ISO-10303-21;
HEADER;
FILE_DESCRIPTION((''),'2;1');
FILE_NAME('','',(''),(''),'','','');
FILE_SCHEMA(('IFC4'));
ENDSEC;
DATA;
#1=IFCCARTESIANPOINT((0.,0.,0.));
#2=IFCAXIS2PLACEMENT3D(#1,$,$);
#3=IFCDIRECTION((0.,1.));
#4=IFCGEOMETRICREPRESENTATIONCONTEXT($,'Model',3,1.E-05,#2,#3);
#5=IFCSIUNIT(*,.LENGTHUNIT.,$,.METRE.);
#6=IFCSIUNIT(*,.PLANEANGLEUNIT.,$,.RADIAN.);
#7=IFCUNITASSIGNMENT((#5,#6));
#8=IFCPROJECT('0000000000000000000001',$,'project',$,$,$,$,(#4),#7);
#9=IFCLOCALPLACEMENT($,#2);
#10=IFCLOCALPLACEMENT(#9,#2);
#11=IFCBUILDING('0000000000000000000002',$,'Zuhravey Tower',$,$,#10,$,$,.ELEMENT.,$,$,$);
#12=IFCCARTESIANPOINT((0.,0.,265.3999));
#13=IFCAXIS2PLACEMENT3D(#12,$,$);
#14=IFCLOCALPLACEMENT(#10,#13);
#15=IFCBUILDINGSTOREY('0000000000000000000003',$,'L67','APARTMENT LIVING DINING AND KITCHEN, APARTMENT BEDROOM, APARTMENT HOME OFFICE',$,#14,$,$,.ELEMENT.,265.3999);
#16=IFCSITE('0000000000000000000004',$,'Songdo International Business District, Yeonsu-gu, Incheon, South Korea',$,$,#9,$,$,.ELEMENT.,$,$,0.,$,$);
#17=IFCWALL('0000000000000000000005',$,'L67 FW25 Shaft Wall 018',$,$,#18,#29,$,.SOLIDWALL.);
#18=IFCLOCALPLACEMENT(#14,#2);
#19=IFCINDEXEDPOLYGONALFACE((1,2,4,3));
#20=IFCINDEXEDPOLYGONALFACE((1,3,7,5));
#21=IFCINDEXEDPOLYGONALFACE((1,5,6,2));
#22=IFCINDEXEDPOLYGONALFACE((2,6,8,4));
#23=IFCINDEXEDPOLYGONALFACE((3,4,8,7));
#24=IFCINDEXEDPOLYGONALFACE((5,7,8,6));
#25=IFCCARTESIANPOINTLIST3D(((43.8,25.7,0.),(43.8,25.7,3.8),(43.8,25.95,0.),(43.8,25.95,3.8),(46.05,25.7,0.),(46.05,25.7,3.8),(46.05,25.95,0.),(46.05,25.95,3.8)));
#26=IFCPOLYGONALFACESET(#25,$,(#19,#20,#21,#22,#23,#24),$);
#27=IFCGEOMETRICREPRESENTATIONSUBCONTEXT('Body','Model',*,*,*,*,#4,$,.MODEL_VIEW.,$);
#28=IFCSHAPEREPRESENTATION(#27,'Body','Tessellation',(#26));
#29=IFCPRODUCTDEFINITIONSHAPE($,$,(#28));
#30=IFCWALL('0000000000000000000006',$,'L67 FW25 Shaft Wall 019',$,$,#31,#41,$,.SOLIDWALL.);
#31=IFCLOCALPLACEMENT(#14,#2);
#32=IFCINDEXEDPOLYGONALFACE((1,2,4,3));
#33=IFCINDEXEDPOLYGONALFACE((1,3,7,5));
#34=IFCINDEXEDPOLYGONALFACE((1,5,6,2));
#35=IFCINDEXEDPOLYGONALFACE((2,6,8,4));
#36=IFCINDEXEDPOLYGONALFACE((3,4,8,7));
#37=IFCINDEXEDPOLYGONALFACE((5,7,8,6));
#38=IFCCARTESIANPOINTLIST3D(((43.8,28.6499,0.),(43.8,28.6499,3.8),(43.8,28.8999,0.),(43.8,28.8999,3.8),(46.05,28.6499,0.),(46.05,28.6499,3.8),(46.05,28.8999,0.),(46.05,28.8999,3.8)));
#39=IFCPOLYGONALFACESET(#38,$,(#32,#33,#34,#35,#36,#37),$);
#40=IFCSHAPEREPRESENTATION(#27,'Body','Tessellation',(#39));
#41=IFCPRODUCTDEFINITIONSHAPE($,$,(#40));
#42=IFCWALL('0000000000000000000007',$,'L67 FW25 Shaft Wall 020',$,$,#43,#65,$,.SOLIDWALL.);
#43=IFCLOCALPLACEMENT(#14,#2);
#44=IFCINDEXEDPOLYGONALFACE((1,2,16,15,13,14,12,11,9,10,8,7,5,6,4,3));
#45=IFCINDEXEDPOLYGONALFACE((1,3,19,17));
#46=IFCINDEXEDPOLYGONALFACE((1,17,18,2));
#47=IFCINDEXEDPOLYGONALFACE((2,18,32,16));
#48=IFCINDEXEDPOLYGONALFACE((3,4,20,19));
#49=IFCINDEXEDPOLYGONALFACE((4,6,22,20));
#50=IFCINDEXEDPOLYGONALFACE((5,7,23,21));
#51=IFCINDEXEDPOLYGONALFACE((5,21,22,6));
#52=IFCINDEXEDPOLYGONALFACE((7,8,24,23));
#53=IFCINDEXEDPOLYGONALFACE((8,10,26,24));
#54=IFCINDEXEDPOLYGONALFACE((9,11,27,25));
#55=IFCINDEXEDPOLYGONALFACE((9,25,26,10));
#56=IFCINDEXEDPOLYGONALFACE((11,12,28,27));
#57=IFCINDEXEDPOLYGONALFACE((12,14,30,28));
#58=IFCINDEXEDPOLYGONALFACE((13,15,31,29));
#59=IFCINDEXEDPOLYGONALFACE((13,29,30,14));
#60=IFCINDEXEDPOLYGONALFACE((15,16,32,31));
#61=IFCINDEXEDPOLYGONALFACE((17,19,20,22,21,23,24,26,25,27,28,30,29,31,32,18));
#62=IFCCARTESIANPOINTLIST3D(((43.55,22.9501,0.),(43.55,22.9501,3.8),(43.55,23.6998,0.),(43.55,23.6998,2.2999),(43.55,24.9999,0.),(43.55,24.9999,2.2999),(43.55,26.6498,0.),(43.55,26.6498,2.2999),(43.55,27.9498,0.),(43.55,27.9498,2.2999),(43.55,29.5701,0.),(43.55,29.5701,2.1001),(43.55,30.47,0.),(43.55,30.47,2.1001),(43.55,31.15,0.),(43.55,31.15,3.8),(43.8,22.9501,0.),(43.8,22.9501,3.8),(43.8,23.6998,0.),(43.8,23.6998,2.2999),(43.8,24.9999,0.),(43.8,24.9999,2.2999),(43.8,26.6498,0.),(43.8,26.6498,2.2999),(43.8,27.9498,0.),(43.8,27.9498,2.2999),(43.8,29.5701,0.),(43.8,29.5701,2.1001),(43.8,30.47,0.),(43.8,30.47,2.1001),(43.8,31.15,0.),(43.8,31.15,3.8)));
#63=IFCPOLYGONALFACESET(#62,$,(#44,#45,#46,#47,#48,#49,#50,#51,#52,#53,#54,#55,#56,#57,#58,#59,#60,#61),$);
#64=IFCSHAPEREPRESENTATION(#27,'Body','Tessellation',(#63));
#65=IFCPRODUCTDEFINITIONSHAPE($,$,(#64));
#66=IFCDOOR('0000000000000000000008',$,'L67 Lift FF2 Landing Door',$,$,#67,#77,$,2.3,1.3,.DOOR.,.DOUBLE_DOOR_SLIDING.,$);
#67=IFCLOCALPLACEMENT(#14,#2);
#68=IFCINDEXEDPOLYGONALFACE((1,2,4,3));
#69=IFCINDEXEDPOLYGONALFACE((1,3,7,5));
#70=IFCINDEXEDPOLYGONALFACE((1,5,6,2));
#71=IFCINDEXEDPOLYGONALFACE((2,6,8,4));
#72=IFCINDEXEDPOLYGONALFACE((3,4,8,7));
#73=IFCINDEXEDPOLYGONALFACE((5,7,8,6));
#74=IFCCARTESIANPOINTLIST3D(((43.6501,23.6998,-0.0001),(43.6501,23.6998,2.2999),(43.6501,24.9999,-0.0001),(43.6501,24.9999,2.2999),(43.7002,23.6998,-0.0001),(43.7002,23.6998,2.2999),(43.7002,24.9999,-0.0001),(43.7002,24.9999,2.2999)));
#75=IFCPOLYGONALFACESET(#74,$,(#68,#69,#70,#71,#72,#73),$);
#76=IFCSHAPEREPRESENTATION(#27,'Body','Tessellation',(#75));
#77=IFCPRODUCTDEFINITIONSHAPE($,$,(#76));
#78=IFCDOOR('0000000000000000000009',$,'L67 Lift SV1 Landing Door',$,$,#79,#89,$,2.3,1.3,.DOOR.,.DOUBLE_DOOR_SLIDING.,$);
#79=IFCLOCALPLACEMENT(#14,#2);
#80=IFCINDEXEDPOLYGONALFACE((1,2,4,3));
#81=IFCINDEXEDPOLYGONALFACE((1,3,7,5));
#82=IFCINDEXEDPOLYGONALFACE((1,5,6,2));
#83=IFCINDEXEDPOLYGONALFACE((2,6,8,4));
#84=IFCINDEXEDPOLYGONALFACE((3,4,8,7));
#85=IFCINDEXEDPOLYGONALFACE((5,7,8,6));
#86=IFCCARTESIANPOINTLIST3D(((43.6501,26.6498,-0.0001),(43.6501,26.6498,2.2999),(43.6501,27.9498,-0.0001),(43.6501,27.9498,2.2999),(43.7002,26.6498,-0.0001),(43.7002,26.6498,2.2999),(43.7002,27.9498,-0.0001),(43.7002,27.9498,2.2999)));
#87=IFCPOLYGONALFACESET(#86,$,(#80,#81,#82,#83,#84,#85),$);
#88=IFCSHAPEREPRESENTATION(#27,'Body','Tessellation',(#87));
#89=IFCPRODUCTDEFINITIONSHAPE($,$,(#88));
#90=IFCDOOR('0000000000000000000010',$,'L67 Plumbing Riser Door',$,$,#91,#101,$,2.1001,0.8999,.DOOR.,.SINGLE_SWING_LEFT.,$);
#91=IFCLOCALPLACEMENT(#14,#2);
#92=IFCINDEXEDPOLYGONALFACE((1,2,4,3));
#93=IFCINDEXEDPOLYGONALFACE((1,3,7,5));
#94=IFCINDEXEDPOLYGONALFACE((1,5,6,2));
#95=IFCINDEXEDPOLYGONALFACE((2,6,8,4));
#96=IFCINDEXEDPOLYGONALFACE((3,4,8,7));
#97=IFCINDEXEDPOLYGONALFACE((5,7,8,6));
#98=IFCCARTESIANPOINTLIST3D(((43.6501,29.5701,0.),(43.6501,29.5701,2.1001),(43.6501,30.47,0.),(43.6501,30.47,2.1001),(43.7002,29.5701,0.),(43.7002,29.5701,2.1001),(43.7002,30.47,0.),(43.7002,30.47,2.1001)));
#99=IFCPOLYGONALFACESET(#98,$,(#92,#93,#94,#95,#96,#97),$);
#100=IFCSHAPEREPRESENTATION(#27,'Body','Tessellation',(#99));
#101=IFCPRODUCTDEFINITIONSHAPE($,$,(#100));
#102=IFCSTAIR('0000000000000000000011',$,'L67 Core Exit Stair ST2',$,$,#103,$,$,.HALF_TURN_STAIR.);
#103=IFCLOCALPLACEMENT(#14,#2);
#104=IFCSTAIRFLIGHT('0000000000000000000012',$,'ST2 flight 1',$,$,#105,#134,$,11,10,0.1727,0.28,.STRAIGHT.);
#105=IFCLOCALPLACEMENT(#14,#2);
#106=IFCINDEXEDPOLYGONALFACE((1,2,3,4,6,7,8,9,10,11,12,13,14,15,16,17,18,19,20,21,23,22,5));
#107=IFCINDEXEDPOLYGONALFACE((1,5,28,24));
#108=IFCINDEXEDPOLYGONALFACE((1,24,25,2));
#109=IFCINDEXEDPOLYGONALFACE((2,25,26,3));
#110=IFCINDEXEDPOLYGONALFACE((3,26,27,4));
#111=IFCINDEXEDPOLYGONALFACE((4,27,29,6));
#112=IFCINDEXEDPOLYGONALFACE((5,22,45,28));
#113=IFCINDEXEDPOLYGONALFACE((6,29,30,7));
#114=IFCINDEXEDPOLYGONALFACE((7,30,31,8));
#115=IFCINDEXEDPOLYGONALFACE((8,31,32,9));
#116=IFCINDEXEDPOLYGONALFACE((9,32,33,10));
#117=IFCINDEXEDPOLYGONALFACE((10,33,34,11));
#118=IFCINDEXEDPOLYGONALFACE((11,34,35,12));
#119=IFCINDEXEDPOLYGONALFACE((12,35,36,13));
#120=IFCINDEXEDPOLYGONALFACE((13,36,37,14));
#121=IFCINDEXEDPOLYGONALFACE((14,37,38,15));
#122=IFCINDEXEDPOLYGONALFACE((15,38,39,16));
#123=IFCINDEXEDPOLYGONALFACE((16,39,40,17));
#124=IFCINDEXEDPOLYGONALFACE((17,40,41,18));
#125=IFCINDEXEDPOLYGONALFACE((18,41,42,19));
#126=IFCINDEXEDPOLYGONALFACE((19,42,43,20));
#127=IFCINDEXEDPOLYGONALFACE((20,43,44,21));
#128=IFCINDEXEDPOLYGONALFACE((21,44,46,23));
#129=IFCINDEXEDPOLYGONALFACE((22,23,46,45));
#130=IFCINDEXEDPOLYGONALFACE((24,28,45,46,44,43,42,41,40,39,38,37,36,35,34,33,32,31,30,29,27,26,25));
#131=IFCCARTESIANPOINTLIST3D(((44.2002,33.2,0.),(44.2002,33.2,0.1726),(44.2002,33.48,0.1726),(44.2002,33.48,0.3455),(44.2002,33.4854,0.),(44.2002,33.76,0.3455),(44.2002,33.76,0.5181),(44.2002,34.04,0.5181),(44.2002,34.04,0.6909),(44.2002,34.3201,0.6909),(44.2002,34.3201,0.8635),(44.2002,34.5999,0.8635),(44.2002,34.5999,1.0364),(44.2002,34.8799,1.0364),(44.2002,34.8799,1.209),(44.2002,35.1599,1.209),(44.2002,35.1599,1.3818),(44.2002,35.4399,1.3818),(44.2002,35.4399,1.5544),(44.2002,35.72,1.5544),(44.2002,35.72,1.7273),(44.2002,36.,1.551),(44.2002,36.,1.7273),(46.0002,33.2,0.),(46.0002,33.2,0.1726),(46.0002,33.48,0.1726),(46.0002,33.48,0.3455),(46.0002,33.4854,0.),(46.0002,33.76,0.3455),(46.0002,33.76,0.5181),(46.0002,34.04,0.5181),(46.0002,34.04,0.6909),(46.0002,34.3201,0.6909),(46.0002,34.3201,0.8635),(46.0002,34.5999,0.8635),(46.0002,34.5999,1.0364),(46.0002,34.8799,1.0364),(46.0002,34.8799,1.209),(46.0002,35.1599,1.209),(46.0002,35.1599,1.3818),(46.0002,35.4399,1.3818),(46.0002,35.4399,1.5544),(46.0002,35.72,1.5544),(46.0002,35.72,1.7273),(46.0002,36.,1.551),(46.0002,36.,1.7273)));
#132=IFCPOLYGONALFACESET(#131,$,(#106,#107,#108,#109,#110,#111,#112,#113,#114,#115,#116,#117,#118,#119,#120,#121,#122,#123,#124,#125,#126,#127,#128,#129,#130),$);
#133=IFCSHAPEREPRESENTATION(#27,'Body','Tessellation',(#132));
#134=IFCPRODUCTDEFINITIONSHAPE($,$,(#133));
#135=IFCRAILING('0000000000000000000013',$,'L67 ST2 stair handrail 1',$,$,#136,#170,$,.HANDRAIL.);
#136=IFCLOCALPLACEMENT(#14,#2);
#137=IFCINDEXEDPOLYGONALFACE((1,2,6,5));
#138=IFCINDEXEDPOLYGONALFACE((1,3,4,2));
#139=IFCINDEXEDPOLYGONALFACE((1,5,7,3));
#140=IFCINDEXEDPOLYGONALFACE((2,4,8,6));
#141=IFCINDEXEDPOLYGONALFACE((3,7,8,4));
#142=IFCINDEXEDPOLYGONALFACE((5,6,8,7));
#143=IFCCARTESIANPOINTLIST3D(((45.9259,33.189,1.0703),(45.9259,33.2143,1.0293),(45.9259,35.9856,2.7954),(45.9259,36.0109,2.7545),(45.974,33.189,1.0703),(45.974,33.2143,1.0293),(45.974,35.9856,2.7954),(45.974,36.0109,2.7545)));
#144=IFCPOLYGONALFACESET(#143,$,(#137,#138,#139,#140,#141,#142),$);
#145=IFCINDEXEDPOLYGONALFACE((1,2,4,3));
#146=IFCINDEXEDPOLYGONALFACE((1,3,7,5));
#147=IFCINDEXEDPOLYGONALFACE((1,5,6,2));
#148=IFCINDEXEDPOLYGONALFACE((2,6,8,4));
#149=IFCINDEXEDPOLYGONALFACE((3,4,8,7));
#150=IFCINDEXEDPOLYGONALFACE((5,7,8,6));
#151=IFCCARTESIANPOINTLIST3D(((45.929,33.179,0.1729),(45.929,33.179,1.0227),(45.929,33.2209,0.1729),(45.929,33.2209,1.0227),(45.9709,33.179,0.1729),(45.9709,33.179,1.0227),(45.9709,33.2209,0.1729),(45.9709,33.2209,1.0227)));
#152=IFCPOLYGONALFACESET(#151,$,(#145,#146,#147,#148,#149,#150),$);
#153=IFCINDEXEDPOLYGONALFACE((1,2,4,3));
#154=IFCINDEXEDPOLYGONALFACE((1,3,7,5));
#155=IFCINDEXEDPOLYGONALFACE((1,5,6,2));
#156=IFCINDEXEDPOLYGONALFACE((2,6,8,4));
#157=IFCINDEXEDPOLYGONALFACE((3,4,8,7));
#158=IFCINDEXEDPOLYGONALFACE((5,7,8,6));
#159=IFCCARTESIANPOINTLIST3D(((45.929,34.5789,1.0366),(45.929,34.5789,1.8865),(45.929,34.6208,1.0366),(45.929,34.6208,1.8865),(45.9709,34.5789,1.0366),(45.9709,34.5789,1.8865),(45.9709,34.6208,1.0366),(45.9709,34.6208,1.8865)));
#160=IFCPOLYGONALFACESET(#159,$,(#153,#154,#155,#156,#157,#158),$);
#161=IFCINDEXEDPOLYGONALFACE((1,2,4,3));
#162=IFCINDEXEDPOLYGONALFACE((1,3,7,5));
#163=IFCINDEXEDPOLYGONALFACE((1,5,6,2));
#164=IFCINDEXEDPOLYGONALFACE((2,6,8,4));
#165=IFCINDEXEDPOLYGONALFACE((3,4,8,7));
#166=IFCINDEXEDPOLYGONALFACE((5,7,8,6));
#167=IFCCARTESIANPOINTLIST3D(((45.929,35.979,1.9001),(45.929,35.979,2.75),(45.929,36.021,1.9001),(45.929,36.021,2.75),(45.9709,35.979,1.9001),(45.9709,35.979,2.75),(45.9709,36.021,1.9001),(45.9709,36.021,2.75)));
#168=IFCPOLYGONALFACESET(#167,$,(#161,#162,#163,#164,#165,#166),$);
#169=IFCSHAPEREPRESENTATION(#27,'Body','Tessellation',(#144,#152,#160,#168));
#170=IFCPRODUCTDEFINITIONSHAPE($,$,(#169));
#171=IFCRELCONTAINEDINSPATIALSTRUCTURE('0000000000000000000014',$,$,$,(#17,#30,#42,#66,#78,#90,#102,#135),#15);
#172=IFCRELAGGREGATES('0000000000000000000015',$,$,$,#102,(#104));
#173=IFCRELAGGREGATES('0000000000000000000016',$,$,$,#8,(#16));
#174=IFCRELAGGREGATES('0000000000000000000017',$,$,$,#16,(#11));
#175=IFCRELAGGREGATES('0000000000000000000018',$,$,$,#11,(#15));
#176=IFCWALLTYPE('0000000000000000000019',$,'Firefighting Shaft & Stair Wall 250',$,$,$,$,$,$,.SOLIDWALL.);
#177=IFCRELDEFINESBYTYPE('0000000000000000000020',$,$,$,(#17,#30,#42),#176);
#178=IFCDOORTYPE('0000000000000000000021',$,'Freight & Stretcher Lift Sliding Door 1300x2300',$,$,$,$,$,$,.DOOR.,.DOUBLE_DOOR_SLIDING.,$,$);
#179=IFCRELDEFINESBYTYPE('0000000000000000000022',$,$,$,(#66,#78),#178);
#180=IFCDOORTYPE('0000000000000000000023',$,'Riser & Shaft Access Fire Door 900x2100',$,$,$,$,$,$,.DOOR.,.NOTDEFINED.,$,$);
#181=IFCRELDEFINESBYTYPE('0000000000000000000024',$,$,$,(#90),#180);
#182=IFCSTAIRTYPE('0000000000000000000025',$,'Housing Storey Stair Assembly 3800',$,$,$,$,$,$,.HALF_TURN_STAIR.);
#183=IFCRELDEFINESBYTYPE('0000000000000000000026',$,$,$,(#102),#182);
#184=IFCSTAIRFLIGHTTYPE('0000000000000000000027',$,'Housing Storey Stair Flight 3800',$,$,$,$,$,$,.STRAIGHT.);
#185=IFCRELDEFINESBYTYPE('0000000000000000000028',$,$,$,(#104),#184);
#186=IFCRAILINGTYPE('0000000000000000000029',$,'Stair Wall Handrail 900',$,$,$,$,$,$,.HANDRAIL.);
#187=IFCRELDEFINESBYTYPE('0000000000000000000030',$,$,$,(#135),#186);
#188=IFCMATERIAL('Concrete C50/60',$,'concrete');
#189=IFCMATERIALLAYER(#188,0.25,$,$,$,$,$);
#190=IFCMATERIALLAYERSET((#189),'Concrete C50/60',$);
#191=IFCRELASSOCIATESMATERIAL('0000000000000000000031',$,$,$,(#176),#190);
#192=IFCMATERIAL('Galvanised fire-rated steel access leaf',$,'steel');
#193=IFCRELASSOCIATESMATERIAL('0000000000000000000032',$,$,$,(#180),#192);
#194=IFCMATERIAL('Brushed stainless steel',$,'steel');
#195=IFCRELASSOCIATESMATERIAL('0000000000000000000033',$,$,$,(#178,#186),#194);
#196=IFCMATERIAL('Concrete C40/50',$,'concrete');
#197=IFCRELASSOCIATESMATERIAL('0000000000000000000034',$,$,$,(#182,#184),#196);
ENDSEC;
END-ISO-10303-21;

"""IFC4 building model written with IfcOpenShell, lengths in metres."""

from ifc_helpers import new_model, si_unit, direction, frame, frame_2d, origin, origin_2d, place, context, subcontext, project, spatial, polyline, rectangle, outline, extrude, material, layer, layer_set, type_object, element, fill, aggregate, save


model = new_model("IFC4")

# Units and contexts
model_context = context("Model", 3, precision=1e-05, world=origin(), true_north=direction((0.0, 1.0)))
body_context = subcontext(model_context, "Body", "Model", "MODEL_VIEW")
ifc_project = project(units=[si_unit("LENGTHUNIT", "METRE"), si_unit("PLANEANGLEUNIT", "RADIAN")], contexts=[model_context])

# Site, building, storey
site_placement = place(None, origin())
site = spatial("IfcSite", under=ifc_project, at=site_placement, Name="Songdo International Business District, Yeonsu-gu, Incheon, South Korea", CompositionType="ELEMENT", RefElevation=0.0)
building_placement = place(site_placement, origin())
building = spatial("IfcBuilding", under=site, at=building_placement, Name="Zuhravey Tower", CompositionType="ELEMENT")
storey_placement = place(building_placement, frame((0.0, 0.0, 265.3999)))
storey = spatial("IfcBuildingStorey", under=building, at=storey_placement, Name="L67", Description="APARTMENT LIVING DINING AND KITCHEN, APARTMENT BEDROOM, APARTMENT HOME OFFICE", CompositionType="ELEMENT", Elevation=265.3999)

# Shared definitions
ifc_material_1 = material(Name="Concrete C50/60", Category="concrete")
ifc_layer = layer(ifc_material_1, 0.25)
ifc_layer_set = layer_set([ifc_layer], Name="Concrete C50/60")
wall_type = type_object("IfcWallType", Name="Firefighting Shaft & Stair Wall 250", PredefinedType="SOLIDWALL", material=ifc_layer_set)

# Shared definitions
ifc_material_2 = material(Name="Galvanised fire-rated steel access leaf", Category="steel")
door_type_1 = type_object("IfcDoorType", Name="Riser & Shaft Access Fire Door 900x2100", OperationType="NOTDEFINED", PredefinedType="DOOR", material=ifc_material_2)
ifc_material_3 = material(Name="Brushed stainless steel", Category="steel")

# Walls
for number, where, z_axis, x_axis, name in (
    (1, (43.8, 25.825, 0.0), (0.0, 0.0, 1.0), (1.0, 0.0, 0.0), "L67 FW25 Shaft Wall 018"),
    (2, (43.8, 28.7749, 0.0), (0.0, 0.0, 1.0), (1.0, 0.0, 0.0), "L67 FW25 Shaft Wall 019"),
):
    element("IfcWall", number, at=place(storey_placement, frame(where, z_axis=z_axis, x_axis=x_axis)), inside=storey, type_object=wall_type, Name=name, PredefinedType="SOLIDWALL", context=body_context, shape_type="SweptSolid", body=[
        extrude(rectangle(XDim=2.25, YDim=0.25, at=frame_2d((1.125, 0.0))), origin(), (0.0, 0.0, 1.0), 3.8),
    ])

# Wall, openings, doors
wall_1_placement = place(storey_placement, frame((43.675, 22.95, 0.0), z_axis=(0.0, 0.0, 1.0), x_axis=(0.0, 1.0, 0.0)))
wall_1 = element("IfcWall", 3, at=wall_1_placement, inside=storey, type_object=wall_type, Name="L67 FW25 Shaft Wall 020", PredefinedType="SOLIDWALL", context=body_context, shape_type="SweptSolid", body=[
    extrude(rectangle(XDim=8.2, YDim=0.25, at=frame_2d((4.1001, 0.0))), origin(), (0.0, 0.0, 1.0), 3.8),
])
opening_1_placement = place(wall_1_placement, frame((0.75, 0.0, 0.0)))
opening_1 = element("IfcOpeningElement", 4, at=opening_1_placement, cuts=wall_1, PredefinedType="OPENING", context=body_context, shape_type="SweptSolid", body=[
    extrude(rectangle(XDim=1.3, YDim=2.3, at=frame_2d((0.6499, 1.1499))), frame((0.0, 0.137, 0.0), z_axis=(0.0, -1.0, 0.0), x_axis=(1.0, 0.0, 0.0)), (0.0, 0.0, 1.0), 0.2739),
])
opening_2_placement = place(wall_1_placement, frame((3.7, 0.0, 0.0)))
opening_2 = element("IfcOpeningElement", 5, at=opening_2_placement, cuts=wall_1, PredefinedType="OPENING", context=body_context, shape_type="SweptSolid", body=[
    extrude(rectangle(XDim=1.3, YDim=2.3, at=frame_2d((0.6499, 1.1499))), frame((0.0, 0.137, 0.0), z_axis=(0.0, -1.0, 0.0), x_axis=(1.0, 0.0, 0.0)), (0.0, 0.0, 1.0), 0.2739),
])
opening_3_placement = place(wall_1_placement, frame((6.6201, 0.0, 0.0)))
opening_3 = element("IfcOpeningElement", 6, at=opening_3_placement, cuts=wall_1, PredefinedType="OPENING", context=body_context, shape_type="SweptSolid", body=[
    extrude(rectangle(XDim=0.8999, YDim=2.1001, at=frame_2d((0.45, 1.05))), frame((0.0, 0.137, 0.0), z_axis=(0.0, -1.0, 0.0), x_axis=(1.0, 0.0, 0.0)), (0.0, 0.0, 1.0), 0.2739),
])
door_type_2 = type_object("IfcDoorType", Name="Freight & Stretcher Lift Sliding Door 1300x2300", OperationType="DOUBLE_DOOR_SLIDING", PredefinedType="DOOR", material=ifc_material_3)
door_1_placement = place(opening_1_placement, origin())
door_1 = element("IfcDoor", 7, at=door_1_placement, inside=storey, type_object=door_type_2, Name="L67 Lift FF2 Landing Door", OperationType="DOUBLE_DOOR_SLIDING", OverallHeight=2.3, OverallWidth=1.3, PredefinedType="DOOR", context=body_context, shape_type="SweptSolid", body=[
    extrude(rectangle(XDim=1.3, YDim=2.3, at=frame_2d((0.6499, 1.1499))), frame((0.0, 0.0249, 0.0), z_axis=(0.0, -1.0, 0.0), x_axis=(1.0, 0.0, 0.0)), (0.0, 0.0, 1.0), 0.05),
])
fill(opening_1, door_1)
door_2_placement = place(opening_2_placement, origin())
door_2 = element("IfcDoor", 8, at=door_2_placement, inside=storey, type_object=door_type_2, Name="L67 Lift SV1 Landing Door", OperationType="DOUBLE_DOOR_SLIDING", OverallHeight=2.3, OverallWidth=1.3, PredefinedType="DOOR", context=body_context, shape_type="SweptSolid", body=[
    extrude(rectangle(XDim=1.3, YDim=2.3, at=frame_2d((0.6499, 1.1499))), frame((0.0, 0.0249, 0.0), z_axis=(0.0, -1.0, 0.0), x_axis=(1.0, 0.0, 0.0)), (0.0, 0.0, 1.0), 0.05),
])
fill(opening_2, door_2)
door_3_placement = place(opening_3_placement, origin())
door_3 = element("IfcDoor", 9, at=door_3_placement, inside=storey, type_object=door_type_1, Name="L67 Plumbing Riser Door", OperationType="SINGLE_SWING_LEFT", OverallHeight=2.1001, OverallWidth=0.8999, PredefinedType="DOOR", context=body_context, shape_type="SweptSolid", body=[
    extrude(rectangle(XDim=0.8999, YDim=2.1001, at=frame_2d((0.45, 1.05))), frame((0.0, 0.0249, 0.0), z_axis=(0.0, -1.0, 0.0), x_axis=(1.0, 0.0, 0.0)), (0.0, 0.0, 1.0), 0.05),
])
fill(opening_3, door_3)

# Stair, stair flight
ifc_material_4 = material(Name="Concrete C40/50", Category="concrete")
stair_type = type_object("IfcStairType", Name="Housing Storey Stair Assembly 3800", PredefinedType="HALF_TURN_STAIR", material=ifc_material_4)
stair_placement = place(storey_placement, origin())
stair = element("IfcStair", 10, at=stair_placement, inside=storey, type_object=stair_type, Name="L67 Core Exit Stair ST2", PredefinedType="HALF_TURN_STAIR")
stair_flight_type = type_object("IfcStairFlightType", Name="Housing Storey Stair Flight 3800", PredefinedType="STRAIGHT", material=ifc_material_4)
stair_flight_placement = place(storey_placement, frame((45.1001, 33.2, 0.0), z_axis=(0.0, 0.0, 1.0), x_axis=(0.0, 1.0, 0.0)))
stair_flight = element("IfcStairFlight", 11, at=stair_flight_placement, type_object=stair_flight_type, Name="ST2 flight 1", NumberOfRisers=11, NumberOfTreads=10, PredefinedType="STRAIGHT", RiserHeight=0.1727, TreadLength=0.28, context=body_context, shape_type="SweptSolid", body=[
    extrude(outline(polyline([(0.0, 0.0), (0.0, 0.1726), (0.28, 0.1726), (0.28, 0.3455), (0.5601, 0.3455), (0.5601, 0.5181), (0.8401, 0.5181), (0.8401, 0.6909), (1.1201, 0.6909), (1.1201, 0.8635), (1.3999, 0.8635), (1.3999, 1.0364), (1.6799, 1.0364), (1.6799, 1.209), (1.96, 1.209), (1.96, 1.3818), (2.24, 1.3818), (2.24, 1.5544), (2.52, 1.5544), (2.52, 1.7273), (2.8, 1.7273), (2.8, 1.8999), (2.8, 1.551), (0.2854, 0.0), (0.0, 0.0)])), frame((0.0, 0.8999, 0.0), z_axis=(0.0, -1.0, 0.0), x_axis=(1.0, 0.0, 0.0)), (0.0, 0.0, 1.0), 1.8),
])
aggregate(stair, [stair_flight])

# Railing
railing_type_1 = type_object("IfcRailingType", Name="Stair Wall Handrail 900", PredefinedType="HANDRAIL", material=ifc_material_3)
railing_1_placement = place(storey_placement, frame((45.95, 33.2, 0.1729)))
element("IfcRailing", 12, at=railing_1_placement, inside=storey, type_object=railing_type_1, Name="L67 ST2 stair handrail 1", PredefinedType="HANDRAIL", context=body_context, shape_type="SweptSolid", body=[
    extrude(rectangle(XDim=0.0481, YDim=0.0481, at=origin_2d()), frame((0.0, 0.0017, 0.877), z_axis=(0.0, 0.85109, 0.52502), x_axis=(-1.0, 0.0, 0.0)), (0.0, 0.0, 1.0), 3.2859),
    extrude(rectangle(XDim=0.042, YDim=0.042, at=origin_2d()), origin(), (0.0, 0.0, 1.0), 0.8499),
    extrude(rectangle(XDim=0.042, YDim=0.042, at=origin_2d()), frame((0.0, 1.3999, 0.8638)), (0.0, 0.0, 1.0), 0.8499),
    extrude(rectangle(XDim=0.042, YDim=0.042, at=origin_2d()), frame((0.0, 2.8, 1.7273)), (0.0, 0.0, 1.0), 0.8499),
])

save(model, "model.ifc")
